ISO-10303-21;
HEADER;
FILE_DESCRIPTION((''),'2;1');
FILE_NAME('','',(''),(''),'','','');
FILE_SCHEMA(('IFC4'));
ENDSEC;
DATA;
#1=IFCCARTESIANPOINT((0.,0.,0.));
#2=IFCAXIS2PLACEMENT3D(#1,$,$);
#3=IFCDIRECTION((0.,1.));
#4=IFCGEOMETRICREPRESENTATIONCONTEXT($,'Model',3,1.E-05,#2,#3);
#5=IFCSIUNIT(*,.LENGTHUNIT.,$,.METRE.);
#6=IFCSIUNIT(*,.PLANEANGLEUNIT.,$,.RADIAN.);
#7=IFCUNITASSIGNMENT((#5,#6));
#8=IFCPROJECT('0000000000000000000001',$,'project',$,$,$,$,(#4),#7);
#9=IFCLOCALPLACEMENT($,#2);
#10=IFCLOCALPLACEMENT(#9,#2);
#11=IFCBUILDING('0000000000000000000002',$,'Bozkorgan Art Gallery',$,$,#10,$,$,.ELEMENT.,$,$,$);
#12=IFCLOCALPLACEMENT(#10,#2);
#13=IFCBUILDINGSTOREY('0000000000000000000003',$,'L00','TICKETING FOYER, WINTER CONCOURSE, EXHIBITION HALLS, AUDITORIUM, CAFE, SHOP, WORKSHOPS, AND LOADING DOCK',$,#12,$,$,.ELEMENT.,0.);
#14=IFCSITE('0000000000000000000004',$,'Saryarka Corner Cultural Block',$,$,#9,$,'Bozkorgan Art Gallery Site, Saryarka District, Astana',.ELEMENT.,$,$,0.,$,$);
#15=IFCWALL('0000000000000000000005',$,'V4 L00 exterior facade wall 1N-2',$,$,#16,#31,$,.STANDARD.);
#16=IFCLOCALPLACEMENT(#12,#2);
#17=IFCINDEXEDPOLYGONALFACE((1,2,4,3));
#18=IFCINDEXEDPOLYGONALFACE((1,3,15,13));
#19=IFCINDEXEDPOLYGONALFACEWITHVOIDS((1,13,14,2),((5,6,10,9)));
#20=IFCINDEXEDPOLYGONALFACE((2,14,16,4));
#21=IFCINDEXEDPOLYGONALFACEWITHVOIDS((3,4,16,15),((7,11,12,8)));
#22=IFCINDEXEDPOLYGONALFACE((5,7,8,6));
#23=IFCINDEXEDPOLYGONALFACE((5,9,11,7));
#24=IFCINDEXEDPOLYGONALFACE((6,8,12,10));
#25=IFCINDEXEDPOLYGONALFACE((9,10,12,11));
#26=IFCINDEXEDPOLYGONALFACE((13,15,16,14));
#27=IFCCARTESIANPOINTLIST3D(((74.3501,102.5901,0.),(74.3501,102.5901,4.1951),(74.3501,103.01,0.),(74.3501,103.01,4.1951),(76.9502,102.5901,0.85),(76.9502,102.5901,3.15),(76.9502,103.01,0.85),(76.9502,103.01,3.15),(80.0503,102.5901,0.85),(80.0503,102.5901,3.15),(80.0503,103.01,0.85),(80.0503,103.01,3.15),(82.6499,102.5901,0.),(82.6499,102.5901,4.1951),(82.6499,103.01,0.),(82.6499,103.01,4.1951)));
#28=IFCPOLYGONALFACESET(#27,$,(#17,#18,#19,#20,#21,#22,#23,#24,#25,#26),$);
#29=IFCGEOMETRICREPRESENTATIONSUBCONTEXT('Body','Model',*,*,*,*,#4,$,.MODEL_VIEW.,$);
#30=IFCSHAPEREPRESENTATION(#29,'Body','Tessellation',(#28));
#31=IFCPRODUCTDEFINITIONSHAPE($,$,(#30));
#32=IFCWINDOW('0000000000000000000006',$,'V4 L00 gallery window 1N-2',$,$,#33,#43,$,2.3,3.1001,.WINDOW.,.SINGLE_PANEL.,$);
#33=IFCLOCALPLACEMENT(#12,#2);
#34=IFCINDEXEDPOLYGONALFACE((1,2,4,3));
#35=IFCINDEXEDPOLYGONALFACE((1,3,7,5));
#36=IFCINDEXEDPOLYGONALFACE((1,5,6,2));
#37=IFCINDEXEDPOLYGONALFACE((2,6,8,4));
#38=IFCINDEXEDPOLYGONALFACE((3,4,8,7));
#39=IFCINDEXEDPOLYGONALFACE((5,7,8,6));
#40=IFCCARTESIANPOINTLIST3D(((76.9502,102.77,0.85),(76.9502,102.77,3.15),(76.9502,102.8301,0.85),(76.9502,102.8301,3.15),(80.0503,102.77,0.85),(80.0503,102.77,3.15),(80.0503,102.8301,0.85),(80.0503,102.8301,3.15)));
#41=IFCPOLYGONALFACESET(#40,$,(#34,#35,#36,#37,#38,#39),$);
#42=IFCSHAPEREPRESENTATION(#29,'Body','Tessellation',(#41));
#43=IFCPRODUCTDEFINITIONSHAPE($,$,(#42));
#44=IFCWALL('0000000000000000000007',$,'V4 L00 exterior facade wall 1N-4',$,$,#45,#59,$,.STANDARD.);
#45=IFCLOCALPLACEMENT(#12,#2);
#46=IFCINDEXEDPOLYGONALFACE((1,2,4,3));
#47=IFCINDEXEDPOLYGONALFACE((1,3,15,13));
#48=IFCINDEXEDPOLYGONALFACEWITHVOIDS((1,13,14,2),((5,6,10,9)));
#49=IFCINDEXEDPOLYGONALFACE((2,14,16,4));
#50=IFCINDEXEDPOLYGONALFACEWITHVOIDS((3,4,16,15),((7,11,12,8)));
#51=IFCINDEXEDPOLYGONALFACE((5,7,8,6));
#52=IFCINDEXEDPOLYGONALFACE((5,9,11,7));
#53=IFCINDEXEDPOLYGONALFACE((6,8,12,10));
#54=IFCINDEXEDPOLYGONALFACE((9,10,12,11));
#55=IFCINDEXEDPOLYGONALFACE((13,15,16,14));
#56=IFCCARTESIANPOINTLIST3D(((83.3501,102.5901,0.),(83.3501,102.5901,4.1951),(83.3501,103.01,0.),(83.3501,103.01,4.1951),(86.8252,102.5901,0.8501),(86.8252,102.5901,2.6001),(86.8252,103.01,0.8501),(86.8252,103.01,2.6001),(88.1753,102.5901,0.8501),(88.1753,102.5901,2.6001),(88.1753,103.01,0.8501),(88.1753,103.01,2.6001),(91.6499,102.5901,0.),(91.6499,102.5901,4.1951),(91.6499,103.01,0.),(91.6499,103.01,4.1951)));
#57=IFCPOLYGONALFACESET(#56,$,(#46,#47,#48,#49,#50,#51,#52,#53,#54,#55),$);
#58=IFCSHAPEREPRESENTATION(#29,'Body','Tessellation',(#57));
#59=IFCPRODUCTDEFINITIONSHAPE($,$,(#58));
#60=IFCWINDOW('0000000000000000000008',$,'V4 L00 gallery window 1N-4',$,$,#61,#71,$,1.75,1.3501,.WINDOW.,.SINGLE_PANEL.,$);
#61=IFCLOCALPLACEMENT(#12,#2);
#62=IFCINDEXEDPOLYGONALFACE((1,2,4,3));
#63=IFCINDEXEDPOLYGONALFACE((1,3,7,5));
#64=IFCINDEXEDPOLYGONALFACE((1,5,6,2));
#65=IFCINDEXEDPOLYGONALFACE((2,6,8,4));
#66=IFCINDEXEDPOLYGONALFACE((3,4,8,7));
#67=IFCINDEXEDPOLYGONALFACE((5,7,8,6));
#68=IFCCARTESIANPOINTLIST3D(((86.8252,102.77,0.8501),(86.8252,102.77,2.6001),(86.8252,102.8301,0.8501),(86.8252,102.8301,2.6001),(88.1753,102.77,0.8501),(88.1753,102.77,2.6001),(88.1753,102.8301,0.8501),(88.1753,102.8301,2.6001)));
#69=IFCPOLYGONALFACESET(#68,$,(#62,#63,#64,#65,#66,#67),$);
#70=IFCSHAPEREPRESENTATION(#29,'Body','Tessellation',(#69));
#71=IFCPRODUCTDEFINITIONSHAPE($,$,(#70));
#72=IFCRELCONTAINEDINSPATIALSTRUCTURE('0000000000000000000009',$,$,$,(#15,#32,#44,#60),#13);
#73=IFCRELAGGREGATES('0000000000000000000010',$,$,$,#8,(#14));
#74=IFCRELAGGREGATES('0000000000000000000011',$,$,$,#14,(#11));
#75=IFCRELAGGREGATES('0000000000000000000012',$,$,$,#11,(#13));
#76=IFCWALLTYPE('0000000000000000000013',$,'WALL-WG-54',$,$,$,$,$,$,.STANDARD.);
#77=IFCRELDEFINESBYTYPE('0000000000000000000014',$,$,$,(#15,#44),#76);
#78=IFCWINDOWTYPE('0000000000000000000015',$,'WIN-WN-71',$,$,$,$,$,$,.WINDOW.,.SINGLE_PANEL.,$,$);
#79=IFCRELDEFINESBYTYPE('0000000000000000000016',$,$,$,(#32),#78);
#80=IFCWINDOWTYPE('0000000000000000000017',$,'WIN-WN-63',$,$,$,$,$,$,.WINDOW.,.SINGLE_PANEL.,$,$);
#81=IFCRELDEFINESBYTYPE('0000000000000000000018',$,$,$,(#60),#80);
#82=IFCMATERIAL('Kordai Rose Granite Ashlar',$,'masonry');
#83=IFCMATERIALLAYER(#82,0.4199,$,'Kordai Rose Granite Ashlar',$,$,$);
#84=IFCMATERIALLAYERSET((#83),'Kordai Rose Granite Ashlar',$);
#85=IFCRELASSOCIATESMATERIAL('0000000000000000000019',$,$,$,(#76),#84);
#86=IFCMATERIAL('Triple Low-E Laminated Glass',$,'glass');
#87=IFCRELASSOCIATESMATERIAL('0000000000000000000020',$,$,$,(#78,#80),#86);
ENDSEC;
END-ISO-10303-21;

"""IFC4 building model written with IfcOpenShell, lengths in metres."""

from ifc_helpers import new_model, si_unit, direction, frame, frame_2d, origin, place, context, subcontext, project, spatial, rectangle, extrude, material, layer, layer_set, type_object, element, fill, save


model = new_model("IFC4")

# Units and contexts
model_context = context("Model", 3, precision=1e-05, world=origin(), true_north=direction((0.0, 1.0)))
body_context = subcontext(model_context, "Body", "Model", "MODEL_VIEW")
ifc_project = project(units=[si_unit("LENGTHUNIT", "METRE"), si_unit("PLANEANGLEUNIT", "RADIAN")], contexts=[model_context])

# Site, building, storey
site_placement = place(None, origin())
site = spatial("IfcSite", under=ifc_project, at=site_placement, Name="Saryarka Corner Cultural Block", LongName="Bozkorgan Art Gallery Site, Saryarka District, Astana", CompositionType="ELEMENT", RefElevation=0.0)
building_placement = place(site_placement, origin())
building = spatial("IfcBuilding", under=site, at=building_placement, Name="Bozkorgan Art Gallery", CompositionType="ELEMENT")
storey_placement = place(building_placement, origin())
storey = spatial("IfcBuildingStorey", under=building, at=storey_placement, Name="L00", Description="TICKETING FOYER, WINTER CONCOURSE, EXHIBITION HALLS, AUDITORIUM, CAFE, SHOP, WORKSHOPS, AND LOADING DOCK", CompositionType="ELEMENT", Elevation=0.0)

# Shared definitions
ifc_material_1 = material(Name="Triple Low-E Laminated Glass", Category="glass")

# Walls, openings, windows
ifc_material_2 = material(Name="Kordai Rose Granite Ashlar", Category="masonry")
ifc_layer_1 = layer(ifc_material_2, 0.4199, Name="Kordai Rose Granite Ashlar")
ifc_layer_set_1 = layer_set([ifc_layer_1], Name="Kordai Rose Granite Ashlar")
wall_type = type_object("IfcWallType", Name="WALL-WG-54", PredefinedType="STANDARD", material=ifc_layer_set_1)
wall_1_placement = place(storey_placement, frame((74.3501, 102.8, 0.0), z_axis=(0.0, 0.0, 1.0), x_axis=(1.0, 0.0, 0.0)))
wall_1 = element("IfcWall", 1, at=wall_1_placement, inside=storey, type_object=wall_type, Name="V4 L00 exterior facade wall 1N-2", PredefinedType="STANDARD", context=body_context, shape_type="SweptSolid", body=[
    extrude(rectangle(XDim=8.2998, YDim=0.4199, at=frame_2d((4.1499, 0.0))), origin(), (0.0, 0.0, 1.0), 4.1951),
])
opening_1_placement = place(wall_1_placement, frame((2.6001, 0.0, 0.8501)))
opening_1 = element("IfcOpeningElement", 2, at=opening_1_placement, cuts=wall_1, PredefinedType="OPENING", context=body_context, shape_type="SweptSolid", body=[
    extrude(rectangle(XDim=3.1001, YDim=2.3, at=frame_2d((1.55, 1.1499))), frame((0.0, 0.22, 0.0), z_axis=(0.0, -1.0, 0.0), x_axis=(1.0, 0.0, 0.0)), (0.0, 0.0, 1.0), 0.4399),
])
window_type_1 = type_object("IfcWindowType", Name="WIN-WN-71", PartitioningType="SINGLE_PANEL", PredefinedType="WINDOW", material=ifc_material_1)
window_1_placement = place(opening_1_placement, origin())
window_1 = element("IfcWindow", 3, at=window_1_placement, inside=storey, type_object=window_type_1, Name="V4 L00 gallery window 1N-2", OverallHeight=2.3, OverallWidth=3.1001, PartitioningType="SINGLE_PANEL", PredefinedType="WINDOW", context=body_context, shape_type="SweptSolid", body=[
    extrude(rectangle(XDim=3.1001, YDim=2.3, at=frame_2d((1.55, 1.1499))), frame((0.0, 0.03, 0.0), z_axis=(0.0, -1.0, 0.0), x_axis=(1.0, 0.0, 0.0)), (0.0, 0.0, 1.0), 0.0601),
])
fill(opening_1, window_1)
wall_2_placement = place(storey_placement, frame((83.3501, 102.8, 0.0), z_axis=(0.0, 0.0, 1.0), x_axis=(1.0, 0.0, 0.0)))
wall_2 = element("IfcWall", 4, at=wall_2_placement, inside=storey, type_object=wall_type, Name="V4 L00 exterior facade wall 1N-4", PredefinedType="STANDARD", context=body_context, shape_type="SweptSolid", body=[
    extrude(rectangle(XDim=8.2998, YDim=0.4199, at=frame_2d((4.1499, 0.0))), origin(), (0.0, 0.0, 1.0), 4.1951),
])
opening_2_placement = place(wall_2_placement, frame((3.4751, 0.0, 0.8501)))
opening_2 = element("IfcOpeningElement", 5, at=opening_2_placement, cuts=wall_2, PredefinedType="OPENING", context=body_context, shape_type="SweptSolid", body=[
    extrude(rectangle(XDim=1.3501, YDim=1.75, at=frame_2d((0.675, 0.875))), frame((0.0, 0.22, 0.0), z_axis=(0.0, -1.0, 0.0), x_axis=(1.0, 0.0, 0.0)), (0.0, 0.0, 1.0), 0.4399),
])
window_type_2 = type_object("IfcWindowType", Name="WIN-WN-63", PartitioningType="SINGLE_PANEL", PredefinedType="WINDOW", material=ifc_material_1)
window_2_placement = place(opening_2_placement, origin())
window_2 = element("IfcWindow", 6, at=window_2_placement, inside=storey, type_object=window_type_2, Name="V4 L00 gallery window 1N-4", OverallHeight=1.75, OverallWidth=1.3501, PartitioningType="SINGLE_PANEL", PredefinedType="WINDOW", context=body_context, shape_type="SweptSolid", body=[
    extrude(rectangle(XDim=1.3501, YDim=1.75, at=frame_2d((0.675, 0.875))), frame((0.0, 0.03, 0.0), z_axis=(0.0, -1.0, 0.0), x_axis=(1.0, 0.0, 0.0)), (0.0, 0.0, 1.0), 0.0601),
])
fill(opening_2, window_2)

save(model, "model.ifc")
